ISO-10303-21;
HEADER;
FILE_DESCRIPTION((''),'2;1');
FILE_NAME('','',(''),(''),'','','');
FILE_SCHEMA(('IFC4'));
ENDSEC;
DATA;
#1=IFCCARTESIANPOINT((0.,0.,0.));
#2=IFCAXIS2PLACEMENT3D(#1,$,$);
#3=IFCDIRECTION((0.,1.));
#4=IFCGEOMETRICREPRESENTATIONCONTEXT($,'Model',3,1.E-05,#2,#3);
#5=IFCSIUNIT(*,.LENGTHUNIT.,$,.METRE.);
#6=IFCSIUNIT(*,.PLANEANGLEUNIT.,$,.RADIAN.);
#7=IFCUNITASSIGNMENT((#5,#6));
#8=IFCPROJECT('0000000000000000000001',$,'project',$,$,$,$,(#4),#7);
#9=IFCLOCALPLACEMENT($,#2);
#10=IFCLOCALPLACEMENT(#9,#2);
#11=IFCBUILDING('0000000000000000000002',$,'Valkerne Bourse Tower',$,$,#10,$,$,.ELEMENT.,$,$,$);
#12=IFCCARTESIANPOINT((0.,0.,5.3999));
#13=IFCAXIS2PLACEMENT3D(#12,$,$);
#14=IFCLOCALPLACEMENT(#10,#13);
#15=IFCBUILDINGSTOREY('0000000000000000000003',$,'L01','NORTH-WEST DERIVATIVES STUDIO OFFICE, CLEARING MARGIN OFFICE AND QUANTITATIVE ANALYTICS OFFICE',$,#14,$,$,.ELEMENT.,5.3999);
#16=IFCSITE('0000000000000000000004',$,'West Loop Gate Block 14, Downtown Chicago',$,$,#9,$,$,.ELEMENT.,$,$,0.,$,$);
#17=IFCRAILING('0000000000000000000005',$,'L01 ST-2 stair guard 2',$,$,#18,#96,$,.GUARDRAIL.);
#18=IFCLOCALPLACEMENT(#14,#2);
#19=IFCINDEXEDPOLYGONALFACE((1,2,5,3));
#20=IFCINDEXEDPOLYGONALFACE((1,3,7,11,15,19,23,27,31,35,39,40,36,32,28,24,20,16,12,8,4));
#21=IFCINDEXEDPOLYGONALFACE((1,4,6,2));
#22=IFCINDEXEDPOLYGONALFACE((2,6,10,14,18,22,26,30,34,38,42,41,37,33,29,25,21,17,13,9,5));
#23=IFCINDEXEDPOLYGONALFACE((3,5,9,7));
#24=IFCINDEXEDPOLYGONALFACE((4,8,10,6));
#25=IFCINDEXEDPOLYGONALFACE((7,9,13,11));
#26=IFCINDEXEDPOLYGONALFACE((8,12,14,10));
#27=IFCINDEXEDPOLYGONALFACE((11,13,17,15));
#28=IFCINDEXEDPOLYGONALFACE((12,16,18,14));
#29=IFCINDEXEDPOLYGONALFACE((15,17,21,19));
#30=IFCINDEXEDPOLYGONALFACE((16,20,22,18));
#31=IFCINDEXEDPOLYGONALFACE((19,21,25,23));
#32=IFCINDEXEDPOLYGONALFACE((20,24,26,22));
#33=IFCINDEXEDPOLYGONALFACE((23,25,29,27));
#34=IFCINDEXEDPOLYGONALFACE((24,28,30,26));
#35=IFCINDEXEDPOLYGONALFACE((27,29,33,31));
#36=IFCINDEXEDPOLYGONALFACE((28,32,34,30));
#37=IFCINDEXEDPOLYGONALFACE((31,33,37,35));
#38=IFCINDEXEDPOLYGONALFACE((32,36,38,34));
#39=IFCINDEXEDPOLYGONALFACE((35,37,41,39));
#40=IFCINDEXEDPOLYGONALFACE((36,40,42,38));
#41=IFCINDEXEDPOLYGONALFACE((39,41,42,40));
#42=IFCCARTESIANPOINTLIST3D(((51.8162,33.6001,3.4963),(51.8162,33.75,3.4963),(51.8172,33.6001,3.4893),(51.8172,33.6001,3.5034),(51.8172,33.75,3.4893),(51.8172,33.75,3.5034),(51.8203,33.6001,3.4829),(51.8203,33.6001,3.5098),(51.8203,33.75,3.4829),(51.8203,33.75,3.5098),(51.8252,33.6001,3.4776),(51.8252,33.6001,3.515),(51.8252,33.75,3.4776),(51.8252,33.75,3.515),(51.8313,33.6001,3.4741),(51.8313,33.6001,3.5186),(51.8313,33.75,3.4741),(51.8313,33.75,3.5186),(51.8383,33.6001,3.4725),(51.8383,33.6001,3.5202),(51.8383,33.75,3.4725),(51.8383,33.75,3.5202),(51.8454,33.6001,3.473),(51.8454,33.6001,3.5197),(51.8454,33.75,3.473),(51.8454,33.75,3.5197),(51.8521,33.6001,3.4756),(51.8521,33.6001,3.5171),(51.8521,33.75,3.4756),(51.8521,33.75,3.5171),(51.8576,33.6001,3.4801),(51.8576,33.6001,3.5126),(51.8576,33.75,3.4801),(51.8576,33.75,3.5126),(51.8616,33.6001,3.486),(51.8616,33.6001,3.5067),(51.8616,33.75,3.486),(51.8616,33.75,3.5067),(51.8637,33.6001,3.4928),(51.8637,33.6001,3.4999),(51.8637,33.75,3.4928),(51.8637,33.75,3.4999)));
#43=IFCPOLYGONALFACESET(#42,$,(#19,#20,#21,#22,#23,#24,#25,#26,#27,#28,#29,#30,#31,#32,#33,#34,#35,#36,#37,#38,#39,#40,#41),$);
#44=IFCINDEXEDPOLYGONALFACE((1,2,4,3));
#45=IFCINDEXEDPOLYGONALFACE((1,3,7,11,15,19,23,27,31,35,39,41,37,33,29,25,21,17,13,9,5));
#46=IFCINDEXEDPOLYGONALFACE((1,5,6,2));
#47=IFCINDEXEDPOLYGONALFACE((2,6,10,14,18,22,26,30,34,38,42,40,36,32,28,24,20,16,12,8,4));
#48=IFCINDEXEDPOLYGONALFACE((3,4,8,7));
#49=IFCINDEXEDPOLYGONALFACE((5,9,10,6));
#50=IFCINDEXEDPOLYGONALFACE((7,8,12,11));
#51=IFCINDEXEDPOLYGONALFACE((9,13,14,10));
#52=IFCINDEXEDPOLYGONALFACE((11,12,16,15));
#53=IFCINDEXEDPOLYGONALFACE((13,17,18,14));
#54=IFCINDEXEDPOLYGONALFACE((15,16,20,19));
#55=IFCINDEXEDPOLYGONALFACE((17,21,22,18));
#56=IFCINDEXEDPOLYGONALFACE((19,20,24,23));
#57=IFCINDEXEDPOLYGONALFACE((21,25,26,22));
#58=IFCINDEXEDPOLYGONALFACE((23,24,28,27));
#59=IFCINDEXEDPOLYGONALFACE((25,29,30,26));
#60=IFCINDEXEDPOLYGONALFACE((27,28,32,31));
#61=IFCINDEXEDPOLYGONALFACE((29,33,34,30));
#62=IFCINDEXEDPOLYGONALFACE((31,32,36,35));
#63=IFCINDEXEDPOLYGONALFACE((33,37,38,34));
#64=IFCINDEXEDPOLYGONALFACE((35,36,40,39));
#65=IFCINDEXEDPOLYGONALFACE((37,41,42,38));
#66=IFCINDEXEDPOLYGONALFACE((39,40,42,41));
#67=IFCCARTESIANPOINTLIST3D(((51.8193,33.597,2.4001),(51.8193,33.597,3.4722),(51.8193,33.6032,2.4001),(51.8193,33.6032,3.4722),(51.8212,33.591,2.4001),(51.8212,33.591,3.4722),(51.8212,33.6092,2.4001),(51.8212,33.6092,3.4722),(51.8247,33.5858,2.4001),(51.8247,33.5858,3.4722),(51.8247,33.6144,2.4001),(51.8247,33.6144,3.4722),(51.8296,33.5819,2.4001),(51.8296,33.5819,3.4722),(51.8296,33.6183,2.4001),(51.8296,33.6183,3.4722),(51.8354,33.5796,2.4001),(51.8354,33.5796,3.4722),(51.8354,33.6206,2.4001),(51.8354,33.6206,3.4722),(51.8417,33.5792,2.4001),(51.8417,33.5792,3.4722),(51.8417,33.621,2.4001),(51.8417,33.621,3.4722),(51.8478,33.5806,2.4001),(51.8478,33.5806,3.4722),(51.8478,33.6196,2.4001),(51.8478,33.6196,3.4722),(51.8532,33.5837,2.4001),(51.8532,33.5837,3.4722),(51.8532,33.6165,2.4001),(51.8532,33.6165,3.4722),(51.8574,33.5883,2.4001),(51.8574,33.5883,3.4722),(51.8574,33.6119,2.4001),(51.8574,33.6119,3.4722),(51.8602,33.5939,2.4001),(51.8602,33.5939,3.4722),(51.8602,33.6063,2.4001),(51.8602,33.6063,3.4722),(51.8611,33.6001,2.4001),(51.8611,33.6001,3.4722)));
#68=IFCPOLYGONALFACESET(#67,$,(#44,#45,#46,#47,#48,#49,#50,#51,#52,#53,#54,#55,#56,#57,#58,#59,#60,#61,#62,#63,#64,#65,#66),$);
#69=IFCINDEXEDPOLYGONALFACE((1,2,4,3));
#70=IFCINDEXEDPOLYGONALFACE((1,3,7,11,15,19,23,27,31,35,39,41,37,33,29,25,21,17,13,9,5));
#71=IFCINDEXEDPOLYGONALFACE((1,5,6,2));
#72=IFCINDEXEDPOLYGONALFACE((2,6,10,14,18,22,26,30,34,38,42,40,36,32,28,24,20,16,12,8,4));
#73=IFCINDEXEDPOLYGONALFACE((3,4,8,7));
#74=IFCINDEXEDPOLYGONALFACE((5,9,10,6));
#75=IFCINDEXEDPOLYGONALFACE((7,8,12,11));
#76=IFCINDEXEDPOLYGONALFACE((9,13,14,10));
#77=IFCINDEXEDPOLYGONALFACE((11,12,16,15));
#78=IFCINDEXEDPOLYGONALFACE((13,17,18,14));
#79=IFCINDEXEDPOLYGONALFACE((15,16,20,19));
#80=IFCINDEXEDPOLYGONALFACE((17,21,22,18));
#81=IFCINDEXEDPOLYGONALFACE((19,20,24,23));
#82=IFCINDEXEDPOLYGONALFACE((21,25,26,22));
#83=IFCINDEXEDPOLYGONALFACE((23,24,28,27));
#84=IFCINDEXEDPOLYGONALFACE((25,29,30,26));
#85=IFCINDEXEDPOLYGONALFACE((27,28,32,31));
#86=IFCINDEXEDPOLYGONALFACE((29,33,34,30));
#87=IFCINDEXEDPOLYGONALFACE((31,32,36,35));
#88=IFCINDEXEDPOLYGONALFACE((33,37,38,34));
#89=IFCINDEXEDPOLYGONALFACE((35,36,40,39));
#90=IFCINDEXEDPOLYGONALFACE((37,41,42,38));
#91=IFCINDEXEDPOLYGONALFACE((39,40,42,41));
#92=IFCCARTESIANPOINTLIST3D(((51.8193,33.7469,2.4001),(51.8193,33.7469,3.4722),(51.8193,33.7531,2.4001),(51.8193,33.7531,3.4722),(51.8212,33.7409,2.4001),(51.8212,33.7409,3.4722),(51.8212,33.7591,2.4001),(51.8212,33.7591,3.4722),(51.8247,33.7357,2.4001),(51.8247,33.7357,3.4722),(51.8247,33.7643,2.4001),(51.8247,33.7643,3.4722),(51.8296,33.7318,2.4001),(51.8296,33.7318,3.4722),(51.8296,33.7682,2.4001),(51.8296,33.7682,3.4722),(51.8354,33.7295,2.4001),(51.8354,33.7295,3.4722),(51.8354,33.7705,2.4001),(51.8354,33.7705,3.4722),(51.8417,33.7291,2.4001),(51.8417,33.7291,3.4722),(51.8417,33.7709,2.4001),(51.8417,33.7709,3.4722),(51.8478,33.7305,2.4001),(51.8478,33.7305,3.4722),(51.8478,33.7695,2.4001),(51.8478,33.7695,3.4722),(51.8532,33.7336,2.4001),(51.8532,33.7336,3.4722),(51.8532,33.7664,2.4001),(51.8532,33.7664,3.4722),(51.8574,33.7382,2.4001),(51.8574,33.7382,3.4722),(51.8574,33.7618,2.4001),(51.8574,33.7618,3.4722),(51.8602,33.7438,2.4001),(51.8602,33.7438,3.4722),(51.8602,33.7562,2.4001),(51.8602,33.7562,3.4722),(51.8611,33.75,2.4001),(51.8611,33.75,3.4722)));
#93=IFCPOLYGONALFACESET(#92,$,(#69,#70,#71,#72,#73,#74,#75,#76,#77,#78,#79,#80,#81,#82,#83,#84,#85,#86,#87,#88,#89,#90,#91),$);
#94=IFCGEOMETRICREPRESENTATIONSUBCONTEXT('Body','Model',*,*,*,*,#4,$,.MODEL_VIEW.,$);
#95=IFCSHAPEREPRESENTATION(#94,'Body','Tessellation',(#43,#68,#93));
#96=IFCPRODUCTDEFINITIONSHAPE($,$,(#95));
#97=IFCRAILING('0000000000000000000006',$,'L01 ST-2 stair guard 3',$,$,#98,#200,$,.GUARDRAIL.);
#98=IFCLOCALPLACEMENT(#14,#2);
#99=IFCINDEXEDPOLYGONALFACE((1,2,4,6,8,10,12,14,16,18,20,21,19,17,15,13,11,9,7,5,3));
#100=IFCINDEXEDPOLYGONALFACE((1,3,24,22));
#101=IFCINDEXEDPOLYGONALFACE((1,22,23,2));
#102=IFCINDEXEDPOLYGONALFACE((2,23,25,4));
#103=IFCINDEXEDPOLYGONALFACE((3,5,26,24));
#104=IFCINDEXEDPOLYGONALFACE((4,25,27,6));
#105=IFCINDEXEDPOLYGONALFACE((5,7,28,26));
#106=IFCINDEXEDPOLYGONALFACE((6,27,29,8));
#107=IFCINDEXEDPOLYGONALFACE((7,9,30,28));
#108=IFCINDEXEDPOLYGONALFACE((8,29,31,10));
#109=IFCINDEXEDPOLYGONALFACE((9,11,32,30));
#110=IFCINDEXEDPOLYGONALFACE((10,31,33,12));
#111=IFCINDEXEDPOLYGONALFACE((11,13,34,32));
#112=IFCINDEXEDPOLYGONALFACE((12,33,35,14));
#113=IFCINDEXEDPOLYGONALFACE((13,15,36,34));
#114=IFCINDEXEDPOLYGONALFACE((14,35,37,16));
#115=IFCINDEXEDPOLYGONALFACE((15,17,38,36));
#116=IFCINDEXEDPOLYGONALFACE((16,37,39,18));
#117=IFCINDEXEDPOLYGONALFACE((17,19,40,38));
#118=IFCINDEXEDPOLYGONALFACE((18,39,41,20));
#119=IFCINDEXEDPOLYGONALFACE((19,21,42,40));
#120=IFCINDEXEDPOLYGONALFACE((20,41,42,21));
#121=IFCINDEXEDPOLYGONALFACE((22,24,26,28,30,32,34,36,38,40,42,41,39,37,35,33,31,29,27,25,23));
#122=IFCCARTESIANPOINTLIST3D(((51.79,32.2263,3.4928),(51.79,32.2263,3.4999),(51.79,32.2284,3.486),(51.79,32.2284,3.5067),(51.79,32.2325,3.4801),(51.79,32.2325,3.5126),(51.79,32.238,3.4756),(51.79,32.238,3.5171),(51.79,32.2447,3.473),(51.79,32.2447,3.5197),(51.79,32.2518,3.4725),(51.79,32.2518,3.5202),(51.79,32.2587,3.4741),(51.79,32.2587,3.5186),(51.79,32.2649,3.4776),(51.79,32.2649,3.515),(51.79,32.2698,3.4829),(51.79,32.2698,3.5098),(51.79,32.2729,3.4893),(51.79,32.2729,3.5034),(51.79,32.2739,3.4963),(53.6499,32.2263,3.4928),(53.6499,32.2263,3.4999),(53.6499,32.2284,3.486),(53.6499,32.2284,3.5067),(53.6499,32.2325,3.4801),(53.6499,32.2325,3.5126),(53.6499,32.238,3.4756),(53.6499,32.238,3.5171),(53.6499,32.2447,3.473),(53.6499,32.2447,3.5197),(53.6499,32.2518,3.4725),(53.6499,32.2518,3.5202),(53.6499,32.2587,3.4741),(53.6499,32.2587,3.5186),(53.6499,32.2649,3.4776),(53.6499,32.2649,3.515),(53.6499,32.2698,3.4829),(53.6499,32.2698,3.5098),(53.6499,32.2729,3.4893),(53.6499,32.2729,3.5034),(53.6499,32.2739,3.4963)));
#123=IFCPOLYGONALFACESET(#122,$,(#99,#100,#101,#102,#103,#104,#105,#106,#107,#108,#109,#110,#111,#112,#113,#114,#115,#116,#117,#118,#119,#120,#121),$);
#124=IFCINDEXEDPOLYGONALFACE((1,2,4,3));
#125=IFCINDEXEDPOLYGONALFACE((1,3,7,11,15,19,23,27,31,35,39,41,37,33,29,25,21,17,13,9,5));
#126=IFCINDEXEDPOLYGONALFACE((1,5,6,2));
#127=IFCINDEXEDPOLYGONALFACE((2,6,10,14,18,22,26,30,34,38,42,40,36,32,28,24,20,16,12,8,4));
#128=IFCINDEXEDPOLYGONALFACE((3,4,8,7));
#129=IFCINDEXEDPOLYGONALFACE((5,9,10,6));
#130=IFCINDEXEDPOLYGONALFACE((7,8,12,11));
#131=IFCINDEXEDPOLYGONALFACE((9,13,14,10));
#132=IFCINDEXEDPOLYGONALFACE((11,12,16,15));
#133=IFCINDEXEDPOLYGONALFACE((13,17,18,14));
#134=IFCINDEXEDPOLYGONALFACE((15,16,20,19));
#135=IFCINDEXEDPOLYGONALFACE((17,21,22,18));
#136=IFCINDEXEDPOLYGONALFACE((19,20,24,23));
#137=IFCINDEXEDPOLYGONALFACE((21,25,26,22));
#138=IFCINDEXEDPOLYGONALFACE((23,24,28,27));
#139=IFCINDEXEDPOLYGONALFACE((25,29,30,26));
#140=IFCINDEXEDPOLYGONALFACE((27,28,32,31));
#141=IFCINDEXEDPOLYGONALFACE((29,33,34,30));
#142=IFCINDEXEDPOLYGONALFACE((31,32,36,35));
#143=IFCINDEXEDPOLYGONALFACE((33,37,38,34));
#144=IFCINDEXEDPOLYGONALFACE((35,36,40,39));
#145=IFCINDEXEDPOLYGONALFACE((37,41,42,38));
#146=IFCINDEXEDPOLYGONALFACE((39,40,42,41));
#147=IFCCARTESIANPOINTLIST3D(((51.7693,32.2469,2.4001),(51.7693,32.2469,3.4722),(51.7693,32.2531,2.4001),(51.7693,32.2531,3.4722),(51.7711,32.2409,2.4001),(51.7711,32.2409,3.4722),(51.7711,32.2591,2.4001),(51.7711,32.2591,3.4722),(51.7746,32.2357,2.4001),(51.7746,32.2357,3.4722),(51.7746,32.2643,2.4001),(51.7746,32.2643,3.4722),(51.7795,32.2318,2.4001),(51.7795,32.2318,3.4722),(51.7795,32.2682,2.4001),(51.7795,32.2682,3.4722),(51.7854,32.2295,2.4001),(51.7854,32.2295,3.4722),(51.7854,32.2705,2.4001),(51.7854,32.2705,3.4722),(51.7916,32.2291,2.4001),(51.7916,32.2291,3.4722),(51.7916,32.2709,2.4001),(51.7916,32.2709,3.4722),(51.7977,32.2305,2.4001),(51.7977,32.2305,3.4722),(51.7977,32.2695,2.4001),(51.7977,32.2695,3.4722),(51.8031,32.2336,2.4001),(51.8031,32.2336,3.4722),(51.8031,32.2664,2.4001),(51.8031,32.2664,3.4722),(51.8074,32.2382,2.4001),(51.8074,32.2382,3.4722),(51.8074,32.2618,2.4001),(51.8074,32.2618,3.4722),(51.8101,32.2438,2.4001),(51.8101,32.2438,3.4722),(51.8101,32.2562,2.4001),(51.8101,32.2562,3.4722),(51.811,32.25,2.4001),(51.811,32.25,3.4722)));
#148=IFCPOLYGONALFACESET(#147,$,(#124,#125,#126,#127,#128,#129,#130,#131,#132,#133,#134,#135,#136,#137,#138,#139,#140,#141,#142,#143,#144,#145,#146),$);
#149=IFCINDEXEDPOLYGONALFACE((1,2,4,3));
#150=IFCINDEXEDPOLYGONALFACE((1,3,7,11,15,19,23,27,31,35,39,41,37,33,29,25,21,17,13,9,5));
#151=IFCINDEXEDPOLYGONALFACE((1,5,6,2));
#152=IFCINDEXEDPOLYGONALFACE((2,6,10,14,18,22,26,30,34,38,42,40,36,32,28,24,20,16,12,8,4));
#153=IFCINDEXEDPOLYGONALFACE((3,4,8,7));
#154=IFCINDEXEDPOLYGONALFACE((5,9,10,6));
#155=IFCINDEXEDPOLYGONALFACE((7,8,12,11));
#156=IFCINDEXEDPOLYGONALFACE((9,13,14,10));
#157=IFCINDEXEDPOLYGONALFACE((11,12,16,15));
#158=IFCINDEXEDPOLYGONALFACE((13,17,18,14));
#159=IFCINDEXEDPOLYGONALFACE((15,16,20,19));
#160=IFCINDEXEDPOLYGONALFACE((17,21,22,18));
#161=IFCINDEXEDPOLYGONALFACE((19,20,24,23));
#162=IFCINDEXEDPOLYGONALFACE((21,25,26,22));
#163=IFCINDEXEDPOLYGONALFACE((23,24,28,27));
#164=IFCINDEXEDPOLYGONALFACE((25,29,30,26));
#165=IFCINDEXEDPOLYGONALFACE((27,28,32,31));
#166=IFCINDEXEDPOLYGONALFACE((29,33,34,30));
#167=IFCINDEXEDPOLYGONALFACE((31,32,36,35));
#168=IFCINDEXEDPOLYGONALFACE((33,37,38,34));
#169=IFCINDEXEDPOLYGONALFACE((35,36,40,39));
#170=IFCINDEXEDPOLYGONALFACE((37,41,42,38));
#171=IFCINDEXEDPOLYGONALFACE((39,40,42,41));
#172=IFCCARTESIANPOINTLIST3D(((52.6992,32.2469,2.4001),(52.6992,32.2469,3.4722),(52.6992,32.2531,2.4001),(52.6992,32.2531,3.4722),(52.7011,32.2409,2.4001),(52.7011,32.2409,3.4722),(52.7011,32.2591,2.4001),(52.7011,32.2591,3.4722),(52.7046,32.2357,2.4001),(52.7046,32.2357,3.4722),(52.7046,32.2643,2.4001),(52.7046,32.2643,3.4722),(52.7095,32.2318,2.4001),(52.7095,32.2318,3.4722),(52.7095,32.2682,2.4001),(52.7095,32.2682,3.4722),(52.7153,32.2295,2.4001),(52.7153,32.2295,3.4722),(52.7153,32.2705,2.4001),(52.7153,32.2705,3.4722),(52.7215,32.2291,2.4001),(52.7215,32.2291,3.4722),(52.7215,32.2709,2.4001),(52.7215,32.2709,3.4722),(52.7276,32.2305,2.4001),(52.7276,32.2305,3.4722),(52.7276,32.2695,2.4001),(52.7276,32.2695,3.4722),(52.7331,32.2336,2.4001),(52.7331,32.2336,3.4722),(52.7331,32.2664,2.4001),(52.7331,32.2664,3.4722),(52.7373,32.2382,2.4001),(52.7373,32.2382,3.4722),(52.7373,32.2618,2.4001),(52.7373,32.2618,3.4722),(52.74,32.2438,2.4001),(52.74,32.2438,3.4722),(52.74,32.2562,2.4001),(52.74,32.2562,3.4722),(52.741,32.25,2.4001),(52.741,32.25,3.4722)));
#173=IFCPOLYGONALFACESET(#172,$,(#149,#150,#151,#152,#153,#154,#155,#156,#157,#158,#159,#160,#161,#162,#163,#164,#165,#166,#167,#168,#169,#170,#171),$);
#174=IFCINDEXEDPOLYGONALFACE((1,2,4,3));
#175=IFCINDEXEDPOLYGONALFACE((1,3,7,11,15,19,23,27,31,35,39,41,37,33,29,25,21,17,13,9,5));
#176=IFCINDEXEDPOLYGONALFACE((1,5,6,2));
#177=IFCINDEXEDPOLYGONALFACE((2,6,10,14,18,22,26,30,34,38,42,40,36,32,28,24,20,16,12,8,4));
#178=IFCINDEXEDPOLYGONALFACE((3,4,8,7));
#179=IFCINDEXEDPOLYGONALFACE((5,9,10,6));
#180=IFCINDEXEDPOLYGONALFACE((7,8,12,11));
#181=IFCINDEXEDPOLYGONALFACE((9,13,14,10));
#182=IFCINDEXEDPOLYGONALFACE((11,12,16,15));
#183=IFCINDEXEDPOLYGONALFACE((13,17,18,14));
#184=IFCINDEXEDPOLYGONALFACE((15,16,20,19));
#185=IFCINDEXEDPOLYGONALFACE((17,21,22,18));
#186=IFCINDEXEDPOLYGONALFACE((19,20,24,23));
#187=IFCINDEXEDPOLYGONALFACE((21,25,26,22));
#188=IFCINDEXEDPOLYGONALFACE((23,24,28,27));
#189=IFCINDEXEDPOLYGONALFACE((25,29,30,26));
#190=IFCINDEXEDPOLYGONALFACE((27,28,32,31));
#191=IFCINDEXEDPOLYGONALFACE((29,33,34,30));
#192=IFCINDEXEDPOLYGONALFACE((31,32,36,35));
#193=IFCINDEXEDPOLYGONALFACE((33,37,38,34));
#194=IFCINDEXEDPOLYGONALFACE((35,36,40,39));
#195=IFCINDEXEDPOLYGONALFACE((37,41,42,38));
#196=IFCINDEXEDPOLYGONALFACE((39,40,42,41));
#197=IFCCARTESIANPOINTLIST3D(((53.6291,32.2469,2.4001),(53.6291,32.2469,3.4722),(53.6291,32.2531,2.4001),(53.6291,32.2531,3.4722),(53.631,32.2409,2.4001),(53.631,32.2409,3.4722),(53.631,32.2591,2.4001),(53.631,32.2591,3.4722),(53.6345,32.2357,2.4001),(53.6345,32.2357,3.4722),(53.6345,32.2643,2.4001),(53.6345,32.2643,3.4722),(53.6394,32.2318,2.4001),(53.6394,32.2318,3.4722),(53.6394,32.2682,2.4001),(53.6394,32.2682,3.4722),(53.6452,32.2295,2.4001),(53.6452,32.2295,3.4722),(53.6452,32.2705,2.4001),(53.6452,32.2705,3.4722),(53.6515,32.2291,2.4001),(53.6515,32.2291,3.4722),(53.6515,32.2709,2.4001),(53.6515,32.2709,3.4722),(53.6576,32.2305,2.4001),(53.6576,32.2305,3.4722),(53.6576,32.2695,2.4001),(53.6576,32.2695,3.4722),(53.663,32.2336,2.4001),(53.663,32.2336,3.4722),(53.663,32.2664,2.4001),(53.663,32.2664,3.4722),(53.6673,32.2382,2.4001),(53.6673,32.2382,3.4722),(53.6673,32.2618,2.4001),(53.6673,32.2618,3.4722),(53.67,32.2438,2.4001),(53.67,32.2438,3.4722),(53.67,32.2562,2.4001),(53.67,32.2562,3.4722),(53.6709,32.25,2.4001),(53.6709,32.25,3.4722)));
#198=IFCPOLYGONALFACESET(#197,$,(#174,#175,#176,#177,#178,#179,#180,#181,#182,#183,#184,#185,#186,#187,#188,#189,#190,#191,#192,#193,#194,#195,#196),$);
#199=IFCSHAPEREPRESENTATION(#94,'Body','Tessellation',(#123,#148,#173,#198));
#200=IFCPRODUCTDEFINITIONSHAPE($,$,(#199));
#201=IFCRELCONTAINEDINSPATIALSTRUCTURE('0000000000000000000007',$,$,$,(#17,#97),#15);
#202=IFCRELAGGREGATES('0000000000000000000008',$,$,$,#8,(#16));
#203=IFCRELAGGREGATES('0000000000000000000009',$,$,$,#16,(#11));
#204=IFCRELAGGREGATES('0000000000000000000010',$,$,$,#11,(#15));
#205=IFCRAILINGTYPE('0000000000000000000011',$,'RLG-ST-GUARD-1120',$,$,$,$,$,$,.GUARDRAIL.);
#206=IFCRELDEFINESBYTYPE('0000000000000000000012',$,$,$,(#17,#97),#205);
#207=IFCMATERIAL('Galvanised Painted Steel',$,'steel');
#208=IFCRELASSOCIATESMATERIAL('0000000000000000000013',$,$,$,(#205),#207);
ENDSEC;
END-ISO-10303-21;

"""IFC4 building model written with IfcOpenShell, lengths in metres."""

from ifc_helpers import new_model, si_unit, direction, frame, origin, origin_2d, place, context, subcontext, project, spatial, circle, extrude, material, type_object, element, save


model = new_model("IFC4")

# Units and contexts
model_context = context("Model", 3, precision=1e-05, world=origin(), true_north=direction((0.0, 1.0)))
body_context = subcontext(model_context, "Body", "Model", "MODEL_VIEW")
ifc_project = project(units=[si_unit("LENGTHUNIT", "METRE"), si_unit("PLANEANGLEUNIT", "RADIAN")], contexts=[model_context])

# Site, building, storey
site_placement = place(None, origin())
site = spatial("IfcSite", under=ifc_project, at=site_placement, Name="West Loop Gate Block 14, Downtown Chicago", CompositionType="ELEMENT", RefElevation=0.0)
building_placement = place(site_placement, origin())
building = spatial("IfcBuilding", under=site, at=building_placement, Name="Valkerne Bourse Tower", CompositionType="ELEMENT")
storey_placement = place(building_placement, frame((0.0, 0.0, 5.3999)))
storey = spatial("IfcBuildingStorey", under=building, at=storey_placement, Name="L01", Description="NORTH-WEST DERIVATIVES STUDIO OFFICE, CLEARING MARGIN OFFICE AND QUANTITATIVE ANALYTICS OFFICE", CompositionType="ELEMENT", Elevation=5.3999)

# Shared definitions
ifc_material_1 = material(Name="Galvanised Painted Steel", Category="steel")

# Railings
railing_type_1 = type_object("IfcRailingType", Name="RLG-ST-GUARD-1120", PredefinedType="GUARDRAIL", material=ifc_material_1)
railing_1_placement = place(storey_placement, frame((51.8401, 33.6001, 2.4001)))
element("IfcRailing", 1, at=railing_1_placement, inside=storey, type_object=railing_type_1, Name="L01 ST-2 stair guard 2", PredefinedType="GUARDRAIL", context=body_context, shape_type="SweptSolid", body=[
    extrude(circle(Radius=0.0239, at=origin_2d()), frame((0.0, 0.0, 1.0962), z_axis=(0.0, 1.0, 0.0), x_axis=(-1.0, 0.0, 0.0)), (0.0, 0.0, 1.0), 0.1499),
    extrude(circle(Radius=0.021, at=origin_2d()), origin(), (0.0, 0.0, 1.0), 1.072),
    extrude(circle(Radius=0.021, at=origin_2d()), frame((0.0, 0.1499, 0.0)), (0.0, 0.0, 1.0), 1.072),
])
railing_2_placement = place(storey_placement, frame((51.79, 32.25, 2.4001)))
element("IfcRailing", 2, at=railing_2_placement, inside=storey, type_object=railing_type_1, Name="L01 ST-2 stair guard 3", PredefinedType="GUARDRAIL", context=body_context, shape_type="SweptSolid", body=[
    extrude(circle(Radius=0.0239, at=origin_2d()), frame((0.0, 0.0, 1.0962), z_axis=(1.0, 0.0, 0.0), x_axis=(0.0, 1.0, 0.0)), (0.0, 0.0, 1.0), 1.8599),
    extrude(circle(Radius=0.021, at=origin_2d()), origin(), (0.0, 0.0, 1.0), 1.072),
    extrude(circle(Radius=0.021, at=origin_2d()), frame((0.9299, 0.0, 0.0)), (0.0, 0.0, 1.0), 1.072),
    extrude(circle(Radius=0.021, at=origin_2d()), frame((1.8599, 0.0, 0.0)), (0.0, 0.0, 1.0), 1.072),
])

save(model, "model.ifc")
